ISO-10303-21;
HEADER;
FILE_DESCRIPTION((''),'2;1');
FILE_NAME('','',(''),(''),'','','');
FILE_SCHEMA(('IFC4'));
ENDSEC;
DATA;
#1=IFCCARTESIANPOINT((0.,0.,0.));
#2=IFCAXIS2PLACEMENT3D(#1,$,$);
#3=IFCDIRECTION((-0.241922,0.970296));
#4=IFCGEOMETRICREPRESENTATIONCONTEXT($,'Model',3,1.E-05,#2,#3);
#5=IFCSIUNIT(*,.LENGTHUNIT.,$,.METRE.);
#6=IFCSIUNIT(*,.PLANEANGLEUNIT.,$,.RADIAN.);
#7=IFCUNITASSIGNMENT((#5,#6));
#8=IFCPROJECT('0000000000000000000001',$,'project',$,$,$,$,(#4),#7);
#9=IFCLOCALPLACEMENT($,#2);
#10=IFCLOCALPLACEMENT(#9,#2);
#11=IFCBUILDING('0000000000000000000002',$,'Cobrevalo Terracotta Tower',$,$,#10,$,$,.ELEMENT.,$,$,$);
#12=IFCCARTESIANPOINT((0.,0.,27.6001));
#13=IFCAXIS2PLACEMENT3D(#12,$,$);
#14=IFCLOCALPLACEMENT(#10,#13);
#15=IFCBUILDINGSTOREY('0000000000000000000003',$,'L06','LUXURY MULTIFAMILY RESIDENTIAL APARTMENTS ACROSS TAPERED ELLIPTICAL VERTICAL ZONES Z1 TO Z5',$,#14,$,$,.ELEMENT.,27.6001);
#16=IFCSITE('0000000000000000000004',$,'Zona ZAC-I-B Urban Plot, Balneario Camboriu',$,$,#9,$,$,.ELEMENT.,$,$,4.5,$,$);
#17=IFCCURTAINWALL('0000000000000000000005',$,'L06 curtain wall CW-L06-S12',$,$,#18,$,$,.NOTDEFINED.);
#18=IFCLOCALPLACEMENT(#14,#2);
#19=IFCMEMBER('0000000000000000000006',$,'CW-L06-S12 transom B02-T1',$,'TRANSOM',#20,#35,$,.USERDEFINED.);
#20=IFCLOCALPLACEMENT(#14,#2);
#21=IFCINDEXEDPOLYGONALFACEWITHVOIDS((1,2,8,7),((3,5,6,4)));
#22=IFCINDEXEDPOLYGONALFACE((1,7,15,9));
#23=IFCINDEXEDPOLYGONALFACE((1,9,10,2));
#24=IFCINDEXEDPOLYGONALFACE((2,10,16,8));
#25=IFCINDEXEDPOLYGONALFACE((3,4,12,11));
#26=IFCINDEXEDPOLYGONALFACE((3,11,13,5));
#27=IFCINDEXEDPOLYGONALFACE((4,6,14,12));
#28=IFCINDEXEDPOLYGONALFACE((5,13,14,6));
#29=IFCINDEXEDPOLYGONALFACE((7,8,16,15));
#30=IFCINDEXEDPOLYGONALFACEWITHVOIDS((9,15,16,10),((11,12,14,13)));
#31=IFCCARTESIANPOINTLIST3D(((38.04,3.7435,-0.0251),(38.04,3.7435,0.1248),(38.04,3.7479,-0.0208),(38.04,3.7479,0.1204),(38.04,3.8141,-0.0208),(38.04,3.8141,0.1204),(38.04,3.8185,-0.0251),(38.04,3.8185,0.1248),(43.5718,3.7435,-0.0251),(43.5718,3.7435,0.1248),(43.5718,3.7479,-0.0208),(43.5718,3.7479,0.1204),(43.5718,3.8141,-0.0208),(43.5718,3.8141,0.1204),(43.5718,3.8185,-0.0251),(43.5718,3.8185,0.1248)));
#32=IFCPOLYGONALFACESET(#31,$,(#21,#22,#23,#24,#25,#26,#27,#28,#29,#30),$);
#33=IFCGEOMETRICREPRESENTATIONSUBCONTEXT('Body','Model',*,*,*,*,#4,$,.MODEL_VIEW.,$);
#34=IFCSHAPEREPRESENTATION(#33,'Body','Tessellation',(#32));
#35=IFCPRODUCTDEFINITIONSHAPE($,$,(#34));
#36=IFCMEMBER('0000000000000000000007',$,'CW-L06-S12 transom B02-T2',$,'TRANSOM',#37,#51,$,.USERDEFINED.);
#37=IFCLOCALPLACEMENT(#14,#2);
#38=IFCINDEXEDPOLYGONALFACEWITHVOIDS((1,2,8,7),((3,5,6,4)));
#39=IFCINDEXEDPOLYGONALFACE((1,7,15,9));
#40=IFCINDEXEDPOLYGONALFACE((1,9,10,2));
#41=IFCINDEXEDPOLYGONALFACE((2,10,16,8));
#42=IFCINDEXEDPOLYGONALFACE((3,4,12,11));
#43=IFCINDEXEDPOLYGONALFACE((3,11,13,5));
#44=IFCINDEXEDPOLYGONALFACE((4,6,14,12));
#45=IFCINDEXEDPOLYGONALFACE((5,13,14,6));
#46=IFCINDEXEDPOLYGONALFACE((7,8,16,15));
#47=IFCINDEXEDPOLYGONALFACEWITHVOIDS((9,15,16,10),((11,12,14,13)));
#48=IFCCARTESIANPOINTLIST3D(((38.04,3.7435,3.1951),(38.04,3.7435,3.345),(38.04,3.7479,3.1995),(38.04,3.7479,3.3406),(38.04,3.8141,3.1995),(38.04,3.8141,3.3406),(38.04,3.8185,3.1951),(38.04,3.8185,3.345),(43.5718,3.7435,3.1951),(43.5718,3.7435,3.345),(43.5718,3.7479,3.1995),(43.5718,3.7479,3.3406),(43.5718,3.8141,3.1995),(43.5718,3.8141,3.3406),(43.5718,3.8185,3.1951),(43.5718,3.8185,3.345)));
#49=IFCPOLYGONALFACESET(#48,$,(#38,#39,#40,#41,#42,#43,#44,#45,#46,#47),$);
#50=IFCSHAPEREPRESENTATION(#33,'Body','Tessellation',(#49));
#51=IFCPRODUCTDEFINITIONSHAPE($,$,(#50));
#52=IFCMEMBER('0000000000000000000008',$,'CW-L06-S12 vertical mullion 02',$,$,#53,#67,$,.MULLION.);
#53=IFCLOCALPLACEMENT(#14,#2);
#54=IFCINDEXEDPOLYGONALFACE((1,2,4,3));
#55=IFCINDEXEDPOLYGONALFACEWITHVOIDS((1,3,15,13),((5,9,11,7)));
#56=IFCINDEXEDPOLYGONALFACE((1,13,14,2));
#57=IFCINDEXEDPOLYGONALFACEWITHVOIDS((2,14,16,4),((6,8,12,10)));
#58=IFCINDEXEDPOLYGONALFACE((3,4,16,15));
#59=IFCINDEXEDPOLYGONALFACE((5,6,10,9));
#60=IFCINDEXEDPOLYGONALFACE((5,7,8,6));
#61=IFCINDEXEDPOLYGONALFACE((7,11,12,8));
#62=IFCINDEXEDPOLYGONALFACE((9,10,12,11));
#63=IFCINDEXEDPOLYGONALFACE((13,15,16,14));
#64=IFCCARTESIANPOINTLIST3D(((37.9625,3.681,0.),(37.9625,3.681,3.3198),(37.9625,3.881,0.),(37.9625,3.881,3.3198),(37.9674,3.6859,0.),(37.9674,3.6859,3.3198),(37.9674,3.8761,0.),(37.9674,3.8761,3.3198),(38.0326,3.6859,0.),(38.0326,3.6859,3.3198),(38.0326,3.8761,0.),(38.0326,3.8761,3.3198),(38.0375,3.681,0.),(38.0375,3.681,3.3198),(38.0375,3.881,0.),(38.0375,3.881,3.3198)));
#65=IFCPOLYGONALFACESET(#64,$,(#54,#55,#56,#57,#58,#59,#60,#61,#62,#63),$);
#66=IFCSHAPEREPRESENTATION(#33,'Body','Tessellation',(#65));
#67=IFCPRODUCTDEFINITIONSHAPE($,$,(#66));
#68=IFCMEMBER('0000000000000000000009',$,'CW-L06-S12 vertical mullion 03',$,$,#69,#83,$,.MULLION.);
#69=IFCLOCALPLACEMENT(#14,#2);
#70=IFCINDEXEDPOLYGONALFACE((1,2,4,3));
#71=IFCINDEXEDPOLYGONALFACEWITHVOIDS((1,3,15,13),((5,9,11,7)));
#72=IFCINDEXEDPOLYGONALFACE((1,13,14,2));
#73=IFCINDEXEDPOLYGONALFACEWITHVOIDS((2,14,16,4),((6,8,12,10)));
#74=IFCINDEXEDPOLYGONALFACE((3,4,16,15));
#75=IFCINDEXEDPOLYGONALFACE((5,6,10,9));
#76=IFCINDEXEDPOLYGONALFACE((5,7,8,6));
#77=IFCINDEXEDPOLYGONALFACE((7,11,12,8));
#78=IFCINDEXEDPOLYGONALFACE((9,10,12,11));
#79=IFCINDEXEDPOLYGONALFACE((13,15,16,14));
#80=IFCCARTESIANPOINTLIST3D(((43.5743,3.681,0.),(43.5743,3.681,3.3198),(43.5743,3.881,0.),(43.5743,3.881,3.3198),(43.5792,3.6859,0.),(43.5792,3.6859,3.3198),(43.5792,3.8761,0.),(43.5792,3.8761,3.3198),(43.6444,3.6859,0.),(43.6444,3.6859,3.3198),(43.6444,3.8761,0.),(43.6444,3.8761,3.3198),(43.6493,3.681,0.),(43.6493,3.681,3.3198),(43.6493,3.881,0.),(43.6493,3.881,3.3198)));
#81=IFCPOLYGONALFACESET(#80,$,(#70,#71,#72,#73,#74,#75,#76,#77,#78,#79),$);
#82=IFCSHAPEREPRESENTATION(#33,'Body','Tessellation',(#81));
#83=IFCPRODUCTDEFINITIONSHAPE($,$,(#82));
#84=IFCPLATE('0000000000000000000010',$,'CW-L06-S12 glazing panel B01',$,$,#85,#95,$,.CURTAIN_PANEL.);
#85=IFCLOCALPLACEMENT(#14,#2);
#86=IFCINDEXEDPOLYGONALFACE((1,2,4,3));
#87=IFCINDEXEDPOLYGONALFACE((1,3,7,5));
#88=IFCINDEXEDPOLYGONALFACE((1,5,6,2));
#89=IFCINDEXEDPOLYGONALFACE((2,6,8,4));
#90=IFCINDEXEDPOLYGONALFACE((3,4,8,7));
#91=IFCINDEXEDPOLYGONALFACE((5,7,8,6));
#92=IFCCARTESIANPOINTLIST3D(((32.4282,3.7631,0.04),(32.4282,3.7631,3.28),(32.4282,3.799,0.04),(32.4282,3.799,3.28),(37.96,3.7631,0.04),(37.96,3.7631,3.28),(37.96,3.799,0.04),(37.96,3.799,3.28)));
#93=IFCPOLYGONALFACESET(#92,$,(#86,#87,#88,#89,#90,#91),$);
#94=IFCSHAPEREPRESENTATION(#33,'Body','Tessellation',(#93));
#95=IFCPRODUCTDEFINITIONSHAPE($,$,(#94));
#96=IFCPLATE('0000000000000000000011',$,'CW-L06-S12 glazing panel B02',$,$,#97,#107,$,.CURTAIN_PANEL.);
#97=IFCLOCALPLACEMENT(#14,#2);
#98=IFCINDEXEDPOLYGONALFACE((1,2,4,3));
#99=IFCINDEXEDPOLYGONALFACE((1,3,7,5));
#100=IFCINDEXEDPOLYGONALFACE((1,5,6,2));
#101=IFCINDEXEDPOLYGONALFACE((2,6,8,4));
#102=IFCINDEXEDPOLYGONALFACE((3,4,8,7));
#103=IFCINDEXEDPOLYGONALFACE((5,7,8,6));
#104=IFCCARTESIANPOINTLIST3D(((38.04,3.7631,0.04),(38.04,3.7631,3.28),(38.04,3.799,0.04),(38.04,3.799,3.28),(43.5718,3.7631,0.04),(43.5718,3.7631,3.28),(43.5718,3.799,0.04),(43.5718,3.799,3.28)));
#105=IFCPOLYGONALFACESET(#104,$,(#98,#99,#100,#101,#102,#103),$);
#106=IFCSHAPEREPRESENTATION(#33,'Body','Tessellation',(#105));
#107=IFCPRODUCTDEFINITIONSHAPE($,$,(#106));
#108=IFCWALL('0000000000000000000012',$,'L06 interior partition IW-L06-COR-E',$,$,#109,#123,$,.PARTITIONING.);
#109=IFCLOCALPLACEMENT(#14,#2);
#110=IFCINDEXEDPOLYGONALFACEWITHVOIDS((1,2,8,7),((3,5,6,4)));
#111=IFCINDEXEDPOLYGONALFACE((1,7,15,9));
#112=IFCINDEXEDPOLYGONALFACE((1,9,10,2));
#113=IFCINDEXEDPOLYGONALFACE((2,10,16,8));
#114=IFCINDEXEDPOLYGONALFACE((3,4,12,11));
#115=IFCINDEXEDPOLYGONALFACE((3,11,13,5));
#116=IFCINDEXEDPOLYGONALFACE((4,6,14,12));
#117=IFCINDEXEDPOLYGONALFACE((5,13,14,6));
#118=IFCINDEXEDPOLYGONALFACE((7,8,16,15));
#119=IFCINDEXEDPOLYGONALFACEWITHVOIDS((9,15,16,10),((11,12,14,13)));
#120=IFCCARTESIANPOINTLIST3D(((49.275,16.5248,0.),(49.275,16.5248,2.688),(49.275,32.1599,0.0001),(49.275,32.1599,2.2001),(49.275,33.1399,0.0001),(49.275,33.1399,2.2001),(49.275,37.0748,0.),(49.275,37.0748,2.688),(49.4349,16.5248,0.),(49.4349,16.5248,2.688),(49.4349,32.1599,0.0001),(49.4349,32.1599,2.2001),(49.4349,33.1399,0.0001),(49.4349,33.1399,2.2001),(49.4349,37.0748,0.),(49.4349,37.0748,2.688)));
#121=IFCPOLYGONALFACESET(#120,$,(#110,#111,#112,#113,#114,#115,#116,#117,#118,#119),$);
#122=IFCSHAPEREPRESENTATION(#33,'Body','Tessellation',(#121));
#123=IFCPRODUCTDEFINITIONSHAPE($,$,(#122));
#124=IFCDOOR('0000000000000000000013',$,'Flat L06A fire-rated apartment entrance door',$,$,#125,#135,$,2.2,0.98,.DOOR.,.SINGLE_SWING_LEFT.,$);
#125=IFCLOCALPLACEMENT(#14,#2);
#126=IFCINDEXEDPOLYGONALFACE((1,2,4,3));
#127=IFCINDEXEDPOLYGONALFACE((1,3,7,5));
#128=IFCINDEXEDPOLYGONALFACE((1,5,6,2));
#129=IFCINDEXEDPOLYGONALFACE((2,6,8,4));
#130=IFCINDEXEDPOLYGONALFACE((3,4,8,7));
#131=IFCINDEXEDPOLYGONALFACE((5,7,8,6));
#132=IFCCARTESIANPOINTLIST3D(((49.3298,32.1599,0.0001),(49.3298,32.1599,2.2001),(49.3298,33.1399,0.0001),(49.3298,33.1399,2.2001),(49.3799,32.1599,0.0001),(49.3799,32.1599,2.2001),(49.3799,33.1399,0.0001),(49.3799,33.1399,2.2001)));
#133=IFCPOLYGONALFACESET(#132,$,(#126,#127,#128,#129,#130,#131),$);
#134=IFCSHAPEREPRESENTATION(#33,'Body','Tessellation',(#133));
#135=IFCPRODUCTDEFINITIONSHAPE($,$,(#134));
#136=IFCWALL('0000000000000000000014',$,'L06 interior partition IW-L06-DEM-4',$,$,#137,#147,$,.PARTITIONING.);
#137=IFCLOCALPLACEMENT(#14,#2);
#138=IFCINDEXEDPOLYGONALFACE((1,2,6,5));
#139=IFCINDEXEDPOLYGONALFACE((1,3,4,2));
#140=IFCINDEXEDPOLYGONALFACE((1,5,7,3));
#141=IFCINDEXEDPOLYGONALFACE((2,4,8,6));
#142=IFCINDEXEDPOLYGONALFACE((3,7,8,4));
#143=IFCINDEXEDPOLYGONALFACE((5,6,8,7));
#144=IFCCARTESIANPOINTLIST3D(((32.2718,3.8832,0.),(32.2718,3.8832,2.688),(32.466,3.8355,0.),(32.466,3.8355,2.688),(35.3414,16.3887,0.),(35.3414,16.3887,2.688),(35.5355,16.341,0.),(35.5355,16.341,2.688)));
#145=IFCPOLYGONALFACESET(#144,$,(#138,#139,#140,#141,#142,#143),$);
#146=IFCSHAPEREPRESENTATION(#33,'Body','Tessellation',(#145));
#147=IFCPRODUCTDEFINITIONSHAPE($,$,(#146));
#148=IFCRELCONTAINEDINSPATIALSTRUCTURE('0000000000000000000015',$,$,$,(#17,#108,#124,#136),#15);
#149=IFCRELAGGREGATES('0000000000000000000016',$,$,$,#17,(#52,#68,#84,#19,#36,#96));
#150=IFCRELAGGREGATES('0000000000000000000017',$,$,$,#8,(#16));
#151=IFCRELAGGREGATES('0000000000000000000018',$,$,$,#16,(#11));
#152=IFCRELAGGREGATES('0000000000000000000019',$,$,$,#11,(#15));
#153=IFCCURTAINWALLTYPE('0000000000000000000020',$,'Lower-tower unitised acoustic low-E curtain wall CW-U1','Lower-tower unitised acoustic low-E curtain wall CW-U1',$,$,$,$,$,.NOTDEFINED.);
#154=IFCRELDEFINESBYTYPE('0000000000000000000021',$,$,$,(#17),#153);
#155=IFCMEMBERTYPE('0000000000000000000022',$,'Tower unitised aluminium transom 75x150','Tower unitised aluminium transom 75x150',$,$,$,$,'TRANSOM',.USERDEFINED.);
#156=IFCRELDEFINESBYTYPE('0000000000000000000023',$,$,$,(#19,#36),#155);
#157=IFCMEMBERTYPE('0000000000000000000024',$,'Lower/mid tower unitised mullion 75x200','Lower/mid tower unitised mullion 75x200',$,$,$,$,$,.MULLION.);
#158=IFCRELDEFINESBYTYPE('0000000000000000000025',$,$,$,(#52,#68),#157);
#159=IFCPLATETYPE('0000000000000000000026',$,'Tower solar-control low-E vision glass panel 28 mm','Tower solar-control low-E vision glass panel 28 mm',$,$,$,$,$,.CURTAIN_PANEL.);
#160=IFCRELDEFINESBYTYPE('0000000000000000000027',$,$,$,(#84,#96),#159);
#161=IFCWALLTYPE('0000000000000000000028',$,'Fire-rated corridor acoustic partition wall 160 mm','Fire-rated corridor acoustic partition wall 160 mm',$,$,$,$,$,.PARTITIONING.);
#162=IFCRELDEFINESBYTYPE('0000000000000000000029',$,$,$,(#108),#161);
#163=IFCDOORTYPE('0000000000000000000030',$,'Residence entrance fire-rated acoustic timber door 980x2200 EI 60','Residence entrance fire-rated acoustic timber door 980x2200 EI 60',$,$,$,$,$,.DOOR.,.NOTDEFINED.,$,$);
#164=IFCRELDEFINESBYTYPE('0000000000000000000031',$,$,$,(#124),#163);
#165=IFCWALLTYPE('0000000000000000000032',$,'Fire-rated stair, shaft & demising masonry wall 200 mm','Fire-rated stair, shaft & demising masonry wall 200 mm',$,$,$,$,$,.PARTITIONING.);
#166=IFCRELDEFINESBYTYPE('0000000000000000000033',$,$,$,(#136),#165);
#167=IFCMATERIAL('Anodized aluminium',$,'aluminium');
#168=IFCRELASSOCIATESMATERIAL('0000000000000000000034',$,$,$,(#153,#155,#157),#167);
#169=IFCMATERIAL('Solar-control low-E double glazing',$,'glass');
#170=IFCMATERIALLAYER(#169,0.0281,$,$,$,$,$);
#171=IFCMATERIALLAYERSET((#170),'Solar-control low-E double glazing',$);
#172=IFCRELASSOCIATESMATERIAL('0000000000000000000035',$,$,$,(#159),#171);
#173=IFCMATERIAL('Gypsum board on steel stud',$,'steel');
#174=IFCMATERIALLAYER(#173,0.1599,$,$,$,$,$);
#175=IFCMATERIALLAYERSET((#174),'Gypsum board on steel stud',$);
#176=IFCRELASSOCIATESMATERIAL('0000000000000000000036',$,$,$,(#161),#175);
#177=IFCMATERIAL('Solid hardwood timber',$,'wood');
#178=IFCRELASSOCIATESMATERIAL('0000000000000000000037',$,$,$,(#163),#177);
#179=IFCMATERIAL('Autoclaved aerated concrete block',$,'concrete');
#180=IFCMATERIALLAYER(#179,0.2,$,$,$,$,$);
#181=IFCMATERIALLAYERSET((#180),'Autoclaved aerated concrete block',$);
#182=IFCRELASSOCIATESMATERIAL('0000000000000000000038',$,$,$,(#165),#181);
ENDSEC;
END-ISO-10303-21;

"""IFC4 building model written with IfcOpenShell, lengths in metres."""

from ifc_helpers import new_model, si_unit, direction, frame, frame_2d, origin, origin_2d, place, context, subcontext, project, spatial, rectangle, hollow_rectangle, extrude, source, transform, mapped, material, layer, layer_set, material_profile, profile_set, type_object, element, fill, aggregate, save


model = new_model("IFC4")

# Units and contexts
model_context = context("Model", 3, precision=1e-05, world=origin(), true_north=direction((-0.241922, 0.970296)))
body_context = subcontext(model_context, "Body", "Model", "MODEL_VIEW")
ifc_project = project(units=[si_unit("LENGTHUNIT", "METRE"), si_unit("PLANEANGLEUNIT", "RADIAN")], contexts=[model_context])

# Site, building, storey
site_placement = place(None, origin())
site = spatial("IfcSite", under=ifc_project, at=site_placement, Name="Zona ZAC-I-B Urban Plot, Balneario Camboriu", CompositionType="ELEMENT", RefElevation=4.5)
building_placement = place(site_placement, origin())
building = spatial("IfcBuilding", under=site, at=building_placement, Name="Cobrevalo Terracotta Tower", CompositionType="ELEMENT")
storey_placement = place(building_placement, frame((0.0, 0.0, 27.6001)))
storey = spatial("IfcBuildingStorey", under=building, at=storey_placement, Name="L06", Description="LUXURY MULTIFAMILY RESIDENTIAL APARTMENTS ACROSS TAPERED ELLIPTICAL VERTICAL ZONES Z1 TO Z5", CompositionType="ELEMENT", Elevation=27.6001)

# Curtain wall, members, plates
ifc_material_1 = material(Name="Anodized aluminium", Category="aluminium")
curtain_wall_type = type_object("IfcCurtainWallType", Name="Lower-tower unitised acoustic low-E curtain wall CW-U1", Description="Lower-tower unitised acoustic low-E curtain wall CW-U1", PredefinedType="NOTDEFINED", material=ifc_material_1)
curtain_wall_placement = place(storey_placement, origin())
curtain_wall = element("IfcCurtainWall", 1, at=curtain_wall_placement, inside=storey, type_object=curtain_wall_type, Name="L06 curtain wall CW-L06-S12", PredefinedType="NOTDEFINED")
ifc_material_profile_1 = material_profile(ifc_material_1, hollow_rectangle(XDim=0.075, YDim=0.1499, WallThickness=0.0044, at=origin_2d()), Name="CWT 75x150")
ifc_profile_set_1 = profile_set([ifc_material_profile_1], Name="Anodized aluminium")
member_type_1 = type_object("IfcMemberType", Name="Tower unitised aluminium transom 75x150", Description="Tower unitised aluminium transom 75x150", ElementType="TRANSOM", PredefinedType="USERDEFINED", material=ifc_profile_set_1)
shared_shape_1 = source(origin(), body_context, "Body", "SweptSolid", [
    extrude(hollow_rectangle(XDim=0.075, YDim=0.1499, WallThickness=0.0044, at=origin_2d()), origin(), (0.0, 0.0, 1.0), 5.5317),
])
member_1_placement = place(storey_placement, frame((38.04, 3.781, 0.0498), z_axis=(1.0, 0.0, 0.0), x_axis=(0.0, 1.0, 0.0)))
member_1 = element("IfcMember", 2, at=member_1_placement, type_object=member_type_1, Name="CW-L06-S12 transom B02-T1", ObjectType="TRANSOM", PredefinedType="USERDEFINED", context=body_context, shape_type="MappedRepresentation", body=[
    mapped(shared_shape_1, transform((0.0, 0.0, 0.0), scale=1.0)),
])
member_2_placement = place(storey_placement, frame((38.04, 3.781, 3.27), z_axis=(1.0, 0.0, 0.0), x_axis=(0.0, 1.0, 0.0)))
member_2 = element("IfcMember", 3, at=member_2_placement, type_object=member_type_1, Name="CW-L06-S12 transom B02-T2", ObjectType="TRANSOM", PredefinedType="USERDEFINED", context=body_context, shape_type="MappedRepresentation", body=[
    mapped(shared_shape_1, transform((0.0, 0.0, 0.0), scale=1.0)),
])
ifc_material_profile_2 = material_profile(ifc_material_1, hollow_rectangle(XDim=0.075, YDim=0.2, WallThickness=0.0049, at=origin_2d()), Name="CWM 75x200")
ifc_profile_set_2 = profile_set([ifc_material_profile_2], Name="Anodized aluminium")
member_type_2 = type_object("IfcMemberType", Name="Lower/mid tower unitised mullion 75x200", Description="Lower/mid tower unitised mullion 75x200", PredefinedType="MULLION", material=ifc_profile_set_2)
shared_shape_2 = source(origin(), body_context, "Body", "SweptSolid", [
    extrude(hollow_rectangle(XDim=0.075, YDim=0.2, WallThickness=0.0049, at=origin_2d()), origin(), (0.0, 0.0, 1.0), 3.3198),
])
member_3_placement = place(storey_placement, frame((38.0, 3.781, 0.0), z_axis=(0.0, 0.0, 1.0), x_axis=(1.0, 0.0, 0.0)))
member_3 = element("IfcMember", 4, at=member_3_placement, type_object=member_type_2, Name="CW-L06-S12 vertical mullion 02", PredefinedType="MULLION", context=body_context, shape_type="MappedRepresentation", body=[
    mapped(shared_shape_2, transform((0.0, 0.0, 0.0), scale=1.0)),
])
member_4_placement = place(storey_placement, frame((43.6118, 3.781, 0.0), z_axis=(0.0, 0.0, 1.0), x_axis=(1.0, 0.0, 0.0)))
member_4 = element("IfcMember", 5, at=member_4_placement, type_object=member_type_2, Name="CW-L06-S12 vertical mullion 03", PredefinedType="MULLION", context=body_context, shape_type="MappedRepresentation", body=[
    mapped(shared_shape_2, transform((0.0, 0.0, 0.0), scale=1.0)),
])
ifc_material_2 = material(Name="Solar-control low-E double glazing", Category="glass")
ifc_layer_1 = layer(ifc_material_2, 0.0281)
ifc_layer_set_1 = layer_set([ifc_layer_1], Name="Solar-control low-E double glazing")
plate_type = type_object("IfcPlateType", Name="Tower solar-control low-E vision glass panel 28 mm", Description="Tower solar-control low-E vision glass panel 28 mm", PredefinedType="CURTAIN_PANEL", material=ifc_layer_set_1)
shared_shape_3 = source(origin(), body_context, "Body", "SweptSolid", [
    extrude(rectangle(XDim=5.5317, YDim=0.0359, at=origin_2d()), origin(), (0.0, 0.0, 1.0), 3.24),
])
plate_1_placement = place(storey_placement, frame((35.1941, 3.781, 0.04), z_axis=(0.0, 0.0, 1.0), x_axis=(1.0, 0.0, 0.0)))
plate_1 = element("IfcPlate", 6, at=plate_1_placement, type_object=plate_type, Name="CW-L06-S12 glazing panel B01", PredefinedType="CURTAIN_PANEL", context=body_context, shape_type="MappedRepresentation", body=[
    mapped(shared_shape_3, transform((0.0, 0.0, 0.0), scale=1.0)),
])
plate_2_placement = place(storey_placement, frame((40.8059, 3.781, 0.04), z_axis=(0.0, 0.0, 1.0), x_axis=(1.0, 0.0, 0.0)))
plate_2 = element("IfcPlate", 7, at=plate_2_placement, type_object=plate_type, Name="CW-L06-S12 glazing panel B02", PredefinedType="CURTAIN_PANEL", context=body_context, shape_type="MappedRepresentation", body=[
    mapped(shared_shape_3, transform((0.0, 0.0, 0.0), scale=1.0)),
])
aggregate(curtain_wall, [member_3, member_4, plate_1, member_1, member_2, plate_2])

# Wall, opening, door
ifc_material_3 = material(Name="Gypsum board on steel stud", Category="steel")
ifc_layer_2 = layer(ifc_material_3, 0.1599)
ifc_layer_set_2 = layer_set([ifc_layer_2], Name="Gypsum board on steel stud")
wall_type_1 = type_object("IfcWallType", Name="Fire-rated corridor acoustic partition wall 160 mm", Description="Fire-rated corridor acoustic partition wall 160 mm", PredefinedType="PARTITIONING", material=ifc_layer_set_2)
wall_1_placement = place(storey_placement, frame((49.355, 16.5249, 0.0), z_axis=(0.0, 0.0, 1.0), x_axis=(0.0, 1.0, 0.0)))
wall_1 = element("IfcWall", 8, at=wall_1_placement, inside=storey, type_object=wall_type_1, Name="L06 interior partition IW-L06-COR-E", PredefinedType="PARTITIONING", context=body_context, shape_type="SweptSolid", body=[
    extrude(rectangle(XDim=20.55, YDim=0.1599, at=frame_2d((10.2749, 0.0))), origin(), (0.0, 0.0, 1.0), 2.688),
])
opening_1_placement = place(wall_1_placement, frame((15.635, 0.0, 0.0)))
opening_1 = element("IfcOpeningElement", 9, at=opening_1_placement, cuts=wall_1, PredefinedType="OPENING", context=body_context, shape_type="SweptSolid", body=[
    extrude(rectangle(XDim=0.98, YDim=2.2, at=frame_2d((0.49, 1.1001))), frame((0.0, 0.0898, 0.0), z_axis=(0.0, -1.0, 0.0), x_axis=(1.0, 0.0, 0.0)), (0.0, 0.0, 1.0), 0.1799),
])
ifc_material_4 = material(Name="Solid hardwood timber", Category="wood")
door_type_1 = type_object("IfcDoorType", Name="Residence entrance fire-rated acoustic timber door 980x2200 EI 60", Description="Residence entrance fire-rated acoustic timber door 980x2200 EI 60", OperationType="NOTDEFINED", PredefinedType="DOOR", material=ifc_material_4)
shared_shape_4 = source(origin(), body_context, "Body", "SweptSolid", [
    extrude(rectangle(XDim=0.98, YDim=2.2, at=frame_2d((0.49, 1.1001))), frame((0.0, 0.0249, 0.0), z_axis=(0.0, -1.0, 0.0), x_axis=(1.0, 0.0, 0.0)), (0.0, 0.0, 1.0), 0.05),
])
door_1_placement = place(opening_1_placement, frame((0.98, 0.0, 0.0), z_axis=(0.0, 0.0, 1.0), x_axis=(-1.0, 0.0, 0.0)))
door_1 = element("IfcDoor", 10, at=door_1_placement, inside=storey, type_object=door_type_1, Name="Flat L06A fire-rated apartment entrance door", OperationType="SINGLE_SWING_LEFT", OverallHeight=2.2, OverallWidth=0.98, PredefinedType="DOOR", context=body_context, shape_type="MappedRepresentation", body=[
    mapped(shared_shape_4, transform((0.0, 0.0, 0.0), scale=1.0)),
])
fill(opening_1, door_1)

# Wall
ifc_material_5 = material(Name="Autoclaved aerated concrete block", Category="concrete")
ifc_layer_3 = layer(ifc_material_5, 0.2)
ifc_layer_set_3 = layer_set([ifc_layer_3], Name="Autoclaved aerated concrete block")
wall_type_2 = type_object("IfcWallType", Name="Fire-rated stair, shaft & demising masonry wall 200 mm", Description="Fire-rated stair, shaft & demising masonry wall 200 mm", PredefinedType="PARTITIONING", material=ifc_layer_set_3)
wall_2_placement = place(storey_placement, frame((35.4385, 16.365, 0.0), z_axis=(0.0, 0.0, 1.0), x_axis=(-0.23838, -0.971172, 0.0)))
element("IfcWall", 11, at=wall_2_placement, inside=storey, type_object=wall_type_2, Name="L06 interior partition IW-L06-DEM-4", PredefinedType="PARTITIONING", context=body_context, shape_type="SweptSolid", body=[
    extrude(rectangle(XDim=12.8767, YDim=0.2, at=frame_2d((6.4385, 0.0))), origin(), (0.0, 0.0, 1.0), 2.688),
])

save(model, "model.ifc")
